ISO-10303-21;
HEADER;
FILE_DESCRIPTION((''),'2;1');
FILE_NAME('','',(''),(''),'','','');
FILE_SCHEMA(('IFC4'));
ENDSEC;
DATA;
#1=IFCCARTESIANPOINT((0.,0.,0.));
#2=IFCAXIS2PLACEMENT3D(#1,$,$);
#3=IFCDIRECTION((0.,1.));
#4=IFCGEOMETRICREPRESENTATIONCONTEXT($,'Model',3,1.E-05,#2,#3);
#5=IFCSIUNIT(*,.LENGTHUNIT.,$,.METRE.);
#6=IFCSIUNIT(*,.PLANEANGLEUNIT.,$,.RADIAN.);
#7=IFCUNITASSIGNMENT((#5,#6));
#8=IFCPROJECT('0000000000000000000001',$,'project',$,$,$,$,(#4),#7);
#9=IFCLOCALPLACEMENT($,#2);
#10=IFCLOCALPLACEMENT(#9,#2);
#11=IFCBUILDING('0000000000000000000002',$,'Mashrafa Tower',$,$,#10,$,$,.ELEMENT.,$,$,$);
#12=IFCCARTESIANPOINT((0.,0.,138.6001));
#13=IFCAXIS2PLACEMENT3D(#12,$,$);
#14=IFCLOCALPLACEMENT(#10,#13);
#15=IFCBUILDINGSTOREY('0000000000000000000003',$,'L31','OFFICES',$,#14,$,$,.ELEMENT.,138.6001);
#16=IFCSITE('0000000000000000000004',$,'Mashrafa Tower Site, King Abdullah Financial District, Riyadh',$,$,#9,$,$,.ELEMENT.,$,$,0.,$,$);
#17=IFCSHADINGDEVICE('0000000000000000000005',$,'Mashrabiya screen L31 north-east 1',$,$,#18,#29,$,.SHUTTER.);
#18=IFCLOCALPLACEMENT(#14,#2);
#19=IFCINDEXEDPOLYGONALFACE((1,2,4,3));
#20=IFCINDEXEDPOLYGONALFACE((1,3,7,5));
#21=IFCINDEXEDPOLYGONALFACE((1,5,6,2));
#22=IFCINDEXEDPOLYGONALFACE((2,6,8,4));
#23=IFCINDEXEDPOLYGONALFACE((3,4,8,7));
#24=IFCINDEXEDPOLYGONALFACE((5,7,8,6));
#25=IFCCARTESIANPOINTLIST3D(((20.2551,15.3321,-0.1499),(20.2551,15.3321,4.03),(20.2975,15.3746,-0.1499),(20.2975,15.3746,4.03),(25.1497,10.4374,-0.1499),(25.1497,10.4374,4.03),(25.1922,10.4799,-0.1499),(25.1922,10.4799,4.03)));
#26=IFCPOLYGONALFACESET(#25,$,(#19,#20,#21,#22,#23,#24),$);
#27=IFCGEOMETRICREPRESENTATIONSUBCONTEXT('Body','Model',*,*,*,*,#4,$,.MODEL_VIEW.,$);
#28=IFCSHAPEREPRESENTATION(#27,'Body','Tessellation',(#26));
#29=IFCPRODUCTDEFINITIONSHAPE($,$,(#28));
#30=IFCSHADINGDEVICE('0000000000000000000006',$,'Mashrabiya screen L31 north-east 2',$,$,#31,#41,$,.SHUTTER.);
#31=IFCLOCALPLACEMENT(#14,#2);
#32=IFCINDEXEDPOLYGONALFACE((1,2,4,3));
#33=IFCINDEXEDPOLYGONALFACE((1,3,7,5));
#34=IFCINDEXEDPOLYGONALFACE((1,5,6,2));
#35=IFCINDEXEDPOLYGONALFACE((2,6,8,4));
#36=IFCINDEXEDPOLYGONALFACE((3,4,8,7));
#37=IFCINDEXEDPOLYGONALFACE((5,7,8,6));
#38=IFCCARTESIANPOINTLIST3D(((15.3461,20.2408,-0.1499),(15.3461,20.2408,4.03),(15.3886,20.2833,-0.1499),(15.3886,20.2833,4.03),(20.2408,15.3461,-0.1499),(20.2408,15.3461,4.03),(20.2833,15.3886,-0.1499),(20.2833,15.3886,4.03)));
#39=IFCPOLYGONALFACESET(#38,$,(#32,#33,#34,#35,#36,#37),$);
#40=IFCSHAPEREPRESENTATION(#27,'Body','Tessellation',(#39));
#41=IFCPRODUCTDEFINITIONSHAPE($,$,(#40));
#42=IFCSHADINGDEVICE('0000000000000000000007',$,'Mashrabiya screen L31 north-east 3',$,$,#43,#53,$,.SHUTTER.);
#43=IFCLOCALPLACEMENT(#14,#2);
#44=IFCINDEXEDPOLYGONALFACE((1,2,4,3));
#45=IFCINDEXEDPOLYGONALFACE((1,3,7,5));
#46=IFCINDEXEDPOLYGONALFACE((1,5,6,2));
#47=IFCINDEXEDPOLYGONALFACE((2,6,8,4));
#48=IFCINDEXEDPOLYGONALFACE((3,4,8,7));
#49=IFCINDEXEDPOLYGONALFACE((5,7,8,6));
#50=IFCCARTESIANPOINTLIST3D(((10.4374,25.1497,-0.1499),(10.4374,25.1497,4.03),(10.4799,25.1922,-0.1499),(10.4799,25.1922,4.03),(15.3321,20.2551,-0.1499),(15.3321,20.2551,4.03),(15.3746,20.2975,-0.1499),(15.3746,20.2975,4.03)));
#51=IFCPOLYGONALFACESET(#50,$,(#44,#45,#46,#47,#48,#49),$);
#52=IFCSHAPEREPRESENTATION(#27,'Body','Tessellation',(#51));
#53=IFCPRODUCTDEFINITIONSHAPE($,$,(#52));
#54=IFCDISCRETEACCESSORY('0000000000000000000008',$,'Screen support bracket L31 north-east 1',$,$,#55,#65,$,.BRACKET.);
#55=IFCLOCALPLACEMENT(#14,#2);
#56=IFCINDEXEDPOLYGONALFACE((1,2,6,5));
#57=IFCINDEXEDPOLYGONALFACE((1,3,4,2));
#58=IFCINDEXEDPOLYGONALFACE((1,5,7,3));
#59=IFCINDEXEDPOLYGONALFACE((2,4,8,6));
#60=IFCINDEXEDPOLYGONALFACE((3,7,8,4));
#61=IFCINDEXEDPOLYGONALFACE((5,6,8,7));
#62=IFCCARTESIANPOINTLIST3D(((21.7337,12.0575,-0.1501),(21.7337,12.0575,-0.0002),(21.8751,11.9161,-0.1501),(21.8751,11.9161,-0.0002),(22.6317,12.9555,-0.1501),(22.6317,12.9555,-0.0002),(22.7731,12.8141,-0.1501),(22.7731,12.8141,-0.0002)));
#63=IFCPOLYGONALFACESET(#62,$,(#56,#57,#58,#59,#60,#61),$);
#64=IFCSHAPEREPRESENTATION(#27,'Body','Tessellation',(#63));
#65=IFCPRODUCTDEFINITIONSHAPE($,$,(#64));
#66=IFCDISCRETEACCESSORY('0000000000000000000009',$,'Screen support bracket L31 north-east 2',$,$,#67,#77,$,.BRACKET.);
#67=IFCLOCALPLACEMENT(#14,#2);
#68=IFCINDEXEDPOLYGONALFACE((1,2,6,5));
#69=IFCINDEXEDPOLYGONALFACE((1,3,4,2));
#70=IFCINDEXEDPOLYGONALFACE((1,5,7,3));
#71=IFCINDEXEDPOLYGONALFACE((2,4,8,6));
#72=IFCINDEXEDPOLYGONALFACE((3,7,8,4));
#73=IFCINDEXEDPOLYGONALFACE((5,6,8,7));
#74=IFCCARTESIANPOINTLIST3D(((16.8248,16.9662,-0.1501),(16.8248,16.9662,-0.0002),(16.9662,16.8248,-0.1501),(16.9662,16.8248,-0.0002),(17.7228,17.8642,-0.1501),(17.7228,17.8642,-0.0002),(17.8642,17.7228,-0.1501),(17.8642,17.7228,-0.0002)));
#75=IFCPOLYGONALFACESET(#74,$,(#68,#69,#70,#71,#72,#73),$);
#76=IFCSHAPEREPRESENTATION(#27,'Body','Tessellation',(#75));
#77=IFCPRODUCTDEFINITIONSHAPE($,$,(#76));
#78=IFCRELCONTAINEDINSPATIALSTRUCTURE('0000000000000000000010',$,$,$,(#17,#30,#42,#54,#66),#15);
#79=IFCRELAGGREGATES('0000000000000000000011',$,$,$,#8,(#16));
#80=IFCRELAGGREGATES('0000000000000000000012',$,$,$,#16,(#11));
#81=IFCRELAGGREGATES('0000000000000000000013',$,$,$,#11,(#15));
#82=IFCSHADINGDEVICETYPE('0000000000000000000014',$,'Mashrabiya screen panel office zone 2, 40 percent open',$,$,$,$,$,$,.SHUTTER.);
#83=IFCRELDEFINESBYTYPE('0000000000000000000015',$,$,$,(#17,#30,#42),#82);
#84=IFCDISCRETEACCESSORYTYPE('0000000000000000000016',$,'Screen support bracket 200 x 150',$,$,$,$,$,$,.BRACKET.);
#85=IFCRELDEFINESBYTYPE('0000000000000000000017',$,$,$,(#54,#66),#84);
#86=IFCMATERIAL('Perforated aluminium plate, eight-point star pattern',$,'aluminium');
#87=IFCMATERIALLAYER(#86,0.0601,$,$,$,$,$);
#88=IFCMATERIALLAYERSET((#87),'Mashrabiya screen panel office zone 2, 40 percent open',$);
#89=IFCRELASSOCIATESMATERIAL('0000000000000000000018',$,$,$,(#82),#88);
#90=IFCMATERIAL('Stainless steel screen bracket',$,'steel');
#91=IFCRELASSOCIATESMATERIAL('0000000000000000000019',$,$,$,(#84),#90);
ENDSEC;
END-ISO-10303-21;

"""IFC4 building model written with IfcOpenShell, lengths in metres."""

from ifc_helpers import new_model, si_unit, direction, frame, origin, origin_2d, place, context, subcontext, project, spatial, rectangle, extrude, source, transform, mapped, material, layer, layer_set, type_object, type_shapes, element, save


model = new_model("IFC4")

# Units and contexts
model_context = context("Model", 3, precision=1e-05, world=origin(), true_north=direction((0.0, 1.0)))
body_context = subcontext(model_context, "Body", "Model", "MODEL_VIEW")
ifc_project = project(units=[si_unit("LENGTHUNIT", "METRE"), si_unit("PLANEANGLEUNIT", "RADIAN")], contexts=[model_context])

# Site, building, storey
site_placement = place(None, origin())
site = spatial("IfcSite", under=ifc_project, at=site_placement, Name="Mashrafa Tower Site, King Abdullah Financial District, Riyadh", CompositionType="ELEMENT", RefElevation=0.0)
building_placement = place(site_placement, origin())
building = spatial("IfcBuilding", under=site, at=building_placement, Name="Mashrafa Tower", CompositionType="ELEMENT")
storey_placement = place(building_placement, frame((0.0, 0.0, 138.6001)))
storey = spatial("IfcBuildingStorey", under=building, at=storey_placement, Name="L31", Description="OFFICES", CompositionType="ELEMENT", Elevation=138.6001)

# Shading devices
ifc_material_1 = material(Name="Perforated aluminium plate, eight-point star pattern", Category="aluminium")
ifc_layer_1 = layer(ifc_material_1, 0.0601)
ifc_layer_set_1 = layer_set([ifc_layer_1], Name="Mashrabiya screen panel office zone 2, 40 percent open")
shading_device_type = type_object("IfcShadingDeviceType", Name="Mashrabiya screen panel office zone 2, 40 percent open", PredefinedType="SHUTTER", material=ifc_layer_set_1)
shared_shape_1 = source(origin(), body_context, "Body", "SweptSolid", [
    extrude(rectangle(XDim=6.9221, YDim=0.0601, at=origin_2d()), origin(), (0.0, 0.0, 1.0), 4.1799),
])
type_shapes(shading_device_type, [shared_shape_1])
for number, where, z_axis, x_axis, name in (
    (1, (22.7236, 12.906, -0.1499), (0.0, 0.0, 1.0), (-0.707107, 0.707107, 0.0), "Mashrabiya screen L31 north-east 1"),
    (2, (17.8147, 17.8147, -0.1499), (0.0, 0.0, 1.0), (-0.707107, 0.707107, 0.0), "Mashrabiya screen L31 north-east 2"),
    (3, (12.906, 22.7236, -0.1499), (0.0, 0.0, 1.0), (-0.707107, 0.707107, 0.0), "Mashrabiya screen L31 north-east 3"),
):
    element("IfcShadingDevice", number, at=place(storey_placement, frame(where, z_axis=z_axis, x_axis=x_axis)), inside=storey, type_object=shading_device_type, Name=name, PredefinedType="SHUTTER", context=body_context, shape_type="MappedRepresentation", body=[
        mapped(shared_shape_1, transform((0.0, 0.0, 0.0))),
    ])

# Discrete accessories
ifc_material_2 = material(Name="Stainless steel screen bracket", Category="steel")
discrete_accessory_type = type_object("IfcDiscreteAccessoryType", Name="Screen support bracket 200 x 150", PredefinedType="BRACKET", material=ifc_material_2)
shared_shape_2 = source(origin(), body_context, "Body", "SweptSolid", [
    extrude(rectangle(XDim=0.2, YDim=1.27, at=origin_2d()), origin(), (0.0, 0.0, 1.0), 0.1499),
])
type_shapes(discrete_accessory_type, [shared_shape_2])
for number, where, z_axis, x_axis, name in (
    (4, (22.2534, 12.4358, -0.1501), (0.0, 0.0, 1.0), (-0.707107, 0.707107, 0.0), "Screen support bracket L31 north-east 1"),
    (5, (17.3445, 17.3445, -0.1501), (0.0, 0.0, 1.0), (-0.707107, 0.707107, 0.0), "Screen support bracket L31 north-east 2"),
):
    element("IfcDiscreteAccessory", number, at=place(storey_placement, frame(where, z_axis=z_axis, x_axis=x_axis)), inside=storey, type_object=discrete_accessory_type, Name=name, PredefinedType="BRACKET", context=body_context, shape_type="MappedRepresentation", body=[
        mapped(shared_shape_2, transform((0.0, 0.0, 0.0))),
    ])

save(model, "model.ifc")
